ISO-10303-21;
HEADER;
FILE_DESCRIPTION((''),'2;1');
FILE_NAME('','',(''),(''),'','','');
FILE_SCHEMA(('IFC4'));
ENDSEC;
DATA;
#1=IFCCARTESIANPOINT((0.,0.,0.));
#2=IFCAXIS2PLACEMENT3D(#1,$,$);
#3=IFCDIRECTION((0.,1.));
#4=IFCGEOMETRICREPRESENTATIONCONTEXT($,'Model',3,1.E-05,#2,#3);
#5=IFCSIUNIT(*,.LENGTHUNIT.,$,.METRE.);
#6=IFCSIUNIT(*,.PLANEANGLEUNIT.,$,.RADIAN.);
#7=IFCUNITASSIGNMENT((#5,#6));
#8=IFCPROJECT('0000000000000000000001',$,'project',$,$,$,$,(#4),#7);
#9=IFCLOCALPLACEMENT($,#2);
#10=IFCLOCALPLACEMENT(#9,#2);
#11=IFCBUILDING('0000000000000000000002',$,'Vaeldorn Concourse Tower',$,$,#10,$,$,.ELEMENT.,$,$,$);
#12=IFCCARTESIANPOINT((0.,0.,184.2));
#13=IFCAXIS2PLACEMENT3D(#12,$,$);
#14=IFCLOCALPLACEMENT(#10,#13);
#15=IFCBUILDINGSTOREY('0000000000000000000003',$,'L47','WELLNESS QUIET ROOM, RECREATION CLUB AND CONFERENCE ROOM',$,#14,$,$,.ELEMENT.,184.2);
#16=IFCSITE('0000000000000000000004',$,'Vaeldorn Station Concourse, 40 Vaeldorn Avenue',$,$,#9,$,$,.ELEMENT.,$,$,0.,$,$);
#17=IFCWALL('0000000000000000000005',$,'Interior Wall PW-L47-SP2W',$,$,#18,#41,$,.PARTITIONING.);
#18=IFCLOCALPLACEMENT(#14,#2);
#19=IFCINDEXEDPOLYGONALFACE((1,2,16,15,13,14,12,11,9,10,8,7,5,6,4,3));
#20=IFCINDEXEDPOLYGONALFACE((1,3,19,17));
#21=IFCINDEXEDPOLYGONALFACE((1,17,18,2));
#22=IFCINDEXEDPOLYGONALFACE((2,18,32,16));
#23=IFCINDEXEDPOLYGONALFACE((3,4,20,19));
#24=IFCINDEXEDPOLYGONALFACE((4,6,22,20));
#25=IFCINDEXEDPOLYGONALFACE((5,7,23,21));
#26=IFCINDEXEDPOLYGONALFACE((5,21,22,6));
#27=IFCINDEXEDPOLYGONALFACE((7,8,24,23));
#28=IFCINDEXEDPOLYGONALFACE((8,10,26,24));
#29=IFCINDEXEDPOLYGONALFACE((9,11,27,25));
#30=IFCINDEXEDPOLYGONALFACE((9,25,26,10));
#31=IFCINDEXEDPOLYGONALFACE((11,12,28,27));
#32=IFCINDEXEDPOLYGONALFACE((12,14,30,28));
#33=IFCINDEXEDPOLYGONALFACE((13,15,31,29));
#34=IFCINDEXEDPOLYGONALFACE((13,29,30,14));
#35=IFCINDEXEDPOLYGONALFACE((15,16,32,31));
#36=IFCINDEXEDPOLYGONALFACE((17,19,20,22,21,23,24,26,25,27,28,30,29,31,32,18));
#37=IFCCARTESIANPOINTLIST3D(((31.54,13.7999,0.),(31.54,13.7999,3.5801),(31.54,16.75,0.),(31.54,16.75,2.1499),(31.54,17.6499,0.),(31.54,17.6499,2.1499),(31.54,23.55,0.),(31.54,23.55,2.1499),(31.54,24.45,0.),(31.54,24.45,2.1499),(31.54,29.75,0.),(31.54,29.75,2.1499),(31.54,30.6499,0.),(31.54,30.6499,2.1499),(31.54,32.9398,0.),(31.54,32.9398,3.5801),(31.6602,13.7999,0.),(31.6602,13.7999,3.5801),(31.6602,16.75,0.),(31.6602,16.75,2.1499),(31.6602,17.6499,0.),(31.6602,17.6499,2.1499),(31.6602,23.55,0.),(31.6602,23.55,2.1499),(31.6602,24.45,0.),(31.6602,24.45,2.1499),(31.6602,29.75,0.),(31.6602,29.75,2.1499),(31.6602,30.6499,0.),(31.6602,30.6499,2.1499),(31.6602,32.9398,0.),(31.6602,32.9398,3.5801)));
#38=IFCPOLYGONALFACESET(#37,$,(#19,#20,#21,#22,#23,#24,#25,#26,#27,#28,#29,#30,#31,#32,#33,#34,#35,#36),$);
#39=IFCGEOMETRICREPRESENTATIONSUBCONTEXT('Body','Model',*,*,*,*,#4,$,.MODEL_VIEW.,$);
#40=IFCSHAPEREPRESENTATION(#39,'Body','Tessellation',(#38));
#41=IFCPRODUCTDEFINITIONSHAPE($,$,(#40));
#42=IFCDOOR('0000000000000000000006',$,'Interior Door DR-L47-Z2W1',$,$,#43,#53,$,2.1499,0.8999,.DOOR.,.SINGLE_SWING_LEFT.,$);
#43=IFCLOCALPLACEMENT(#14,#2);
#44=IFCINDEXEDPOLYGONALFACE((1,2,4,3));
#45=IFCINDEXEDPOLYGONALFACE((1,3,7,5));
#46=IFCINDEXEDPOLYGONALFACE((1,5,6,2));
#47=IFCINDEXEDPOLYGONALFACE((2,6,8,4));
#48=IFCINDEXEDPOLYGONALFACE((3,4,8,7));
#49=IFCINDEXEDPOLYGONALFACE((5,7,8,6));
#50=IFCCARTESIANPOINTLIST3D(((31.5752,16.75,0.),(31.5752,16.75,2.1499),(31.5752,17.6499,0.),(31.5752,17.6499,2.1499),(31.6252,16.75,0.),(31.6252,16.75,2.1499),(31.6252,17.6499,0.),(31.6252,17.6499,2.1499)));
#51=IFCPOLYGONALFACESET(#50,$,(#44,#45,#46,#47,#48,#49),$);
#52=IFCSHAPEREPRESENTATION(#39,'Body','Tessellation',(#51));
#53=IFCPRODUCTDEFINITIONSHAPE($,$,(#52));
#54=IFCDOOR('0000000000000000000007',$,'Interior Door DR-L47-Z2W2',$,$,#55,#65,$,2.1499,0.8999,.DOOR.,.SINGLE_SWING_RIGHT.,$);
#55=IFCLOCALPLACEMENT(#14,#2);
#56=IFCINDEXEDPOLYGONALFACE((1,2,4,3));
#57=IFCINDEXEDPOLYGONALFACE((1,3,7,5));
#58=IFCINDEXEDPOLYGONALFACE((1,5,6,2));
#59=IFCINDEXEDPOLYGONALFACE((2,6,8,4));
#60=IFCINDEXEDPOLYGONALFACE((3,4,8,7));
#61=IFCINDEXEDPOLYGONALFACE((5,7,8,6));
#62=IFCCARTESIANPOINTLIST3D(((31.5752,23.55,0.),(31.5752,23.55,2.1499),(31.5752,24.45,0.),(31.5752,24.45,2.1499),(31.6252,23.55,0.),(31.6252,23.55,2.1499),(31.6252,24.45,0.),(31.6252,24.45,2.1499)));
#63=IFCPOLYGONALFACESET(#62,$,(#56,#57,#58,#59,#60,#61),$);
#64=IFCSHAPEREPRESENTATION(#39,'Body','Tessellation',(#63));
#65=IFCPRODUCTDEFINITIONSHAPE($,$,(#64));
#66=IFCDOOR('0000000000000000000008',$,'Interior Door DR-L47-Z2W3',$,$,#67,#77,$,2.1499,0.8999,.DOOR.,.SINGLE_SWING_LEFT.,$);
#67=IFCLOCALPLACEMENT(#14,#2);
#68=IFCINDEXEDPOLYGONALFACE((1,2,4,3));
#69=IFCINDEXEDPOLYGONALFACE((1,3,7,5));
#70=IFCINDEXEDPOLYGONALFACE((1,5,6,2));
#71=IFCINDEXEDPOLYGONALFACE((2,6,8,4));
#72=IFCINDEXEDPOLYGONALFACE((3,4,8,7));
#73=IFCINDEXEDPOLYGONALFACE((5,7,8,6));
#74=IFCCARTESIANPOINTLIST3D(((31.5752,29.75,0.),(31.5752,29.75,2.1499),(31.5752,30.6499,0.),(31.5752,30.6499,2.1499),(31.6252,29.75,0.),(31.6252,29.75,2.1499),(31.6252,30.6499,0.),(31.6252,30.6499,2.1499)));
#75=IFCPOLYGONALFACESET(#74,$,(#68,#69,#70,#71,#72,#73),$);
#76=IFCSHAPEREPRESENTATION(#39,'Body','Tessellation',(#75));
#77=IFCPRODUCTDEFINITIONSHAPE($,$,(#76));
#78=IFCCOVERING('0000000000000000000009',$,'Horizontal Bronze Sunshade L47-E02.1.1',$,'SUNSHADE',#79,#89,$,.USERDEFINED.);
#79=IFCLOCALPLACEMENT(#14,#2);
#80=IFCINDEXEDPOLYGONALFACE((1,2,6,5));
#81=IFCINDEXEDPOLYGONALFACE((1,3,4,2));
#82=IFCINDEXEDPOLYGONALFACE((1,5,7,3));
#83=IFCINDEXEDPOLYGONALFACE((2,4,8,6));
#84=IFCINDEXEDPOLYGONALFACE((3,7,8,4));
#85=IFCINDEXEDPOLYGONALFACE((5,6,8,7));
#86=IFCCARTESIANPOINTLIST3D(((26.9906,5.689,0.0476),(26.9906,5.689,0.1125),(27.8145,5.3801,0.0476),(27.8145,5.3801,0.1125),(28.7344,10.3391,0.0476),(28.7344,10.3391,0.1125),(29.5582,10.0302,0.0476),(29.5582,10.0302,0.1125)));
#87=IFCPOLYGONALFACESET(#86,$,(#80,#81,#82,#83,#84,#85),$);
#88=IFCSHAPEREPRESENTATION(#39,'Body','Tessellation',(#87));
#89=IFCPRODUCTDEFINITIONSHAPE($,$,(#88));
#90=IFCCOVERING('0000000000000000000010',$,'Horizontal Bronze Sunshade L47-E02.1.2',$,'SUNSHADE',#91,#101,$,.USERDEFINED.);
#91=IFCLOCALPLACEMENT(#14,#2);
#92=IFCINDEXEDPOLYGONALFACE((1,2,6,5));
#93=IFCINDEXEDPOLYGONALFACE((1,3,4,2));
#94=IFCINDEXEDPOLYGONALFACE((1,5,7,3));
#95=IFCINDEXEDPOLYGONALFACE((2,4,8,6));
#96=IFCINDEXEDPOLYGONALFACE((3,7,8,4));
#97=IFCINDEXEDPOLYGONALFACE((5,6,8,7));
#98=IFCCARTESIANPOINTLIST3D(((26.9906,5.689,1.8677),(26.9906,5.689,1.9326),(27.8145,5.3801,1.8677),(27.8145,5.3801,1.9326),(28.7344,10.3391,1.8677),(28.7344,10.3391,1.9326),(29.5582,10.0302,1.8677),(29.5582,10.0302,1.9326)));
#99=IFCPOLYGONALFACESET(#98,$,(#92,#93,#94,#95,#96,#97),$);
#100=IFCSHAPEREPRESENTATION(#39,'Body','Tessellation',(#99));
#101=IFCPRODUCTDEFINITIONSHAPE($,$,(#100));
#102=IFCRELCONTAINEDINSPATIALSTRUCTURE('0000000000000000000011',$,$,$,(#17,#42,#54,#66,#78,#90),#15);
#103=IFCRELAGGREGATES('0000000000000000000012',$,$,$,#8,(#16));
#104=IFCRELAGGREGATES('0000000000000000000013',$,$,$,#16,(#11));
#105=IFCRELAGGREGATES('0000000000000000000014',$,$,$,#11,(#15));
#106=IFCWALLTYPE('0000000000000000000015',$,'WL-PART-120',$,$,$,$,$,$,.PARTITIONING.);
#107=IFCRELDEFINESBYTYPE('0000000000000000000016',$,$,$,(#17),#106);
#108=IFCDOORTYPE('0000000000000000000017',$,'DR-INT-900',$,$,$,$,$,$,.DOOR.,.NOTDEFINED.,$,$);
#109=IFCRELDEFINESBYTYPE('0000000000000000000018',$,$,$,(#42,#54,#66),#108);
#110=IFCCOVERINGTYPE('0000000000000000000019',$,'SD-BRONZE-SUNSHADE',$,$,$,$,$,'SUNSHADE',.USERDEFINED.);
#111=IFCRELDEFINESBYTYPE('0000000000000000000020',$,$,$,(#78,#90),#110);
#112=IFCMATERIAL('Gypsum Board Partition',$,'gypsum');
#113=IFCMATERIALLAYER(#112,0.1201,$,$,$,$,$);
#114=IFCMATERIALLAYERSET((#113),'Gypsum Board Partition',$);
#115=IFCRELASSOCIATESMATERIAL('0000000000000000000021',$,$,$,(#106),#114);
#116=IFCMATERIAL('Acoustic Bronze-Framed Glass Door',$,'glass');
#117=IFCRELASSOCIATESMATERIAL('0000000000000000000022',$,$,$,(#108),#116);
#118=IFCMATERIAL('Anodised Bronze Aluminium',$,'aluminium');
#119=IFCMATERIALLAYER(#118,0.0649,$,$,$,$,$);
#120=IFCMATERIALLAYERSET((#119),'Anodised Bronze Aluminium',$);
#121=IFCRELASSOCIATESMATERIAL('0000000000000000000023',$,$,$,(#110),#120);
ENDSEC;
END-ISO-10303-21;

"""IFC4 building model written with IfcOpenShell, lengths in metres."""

from ifc_helpers import new_model, si_unit, direction, frame, frame_2d, origin, origin_2d, place, context, subcontext, project, spatial, rectangle, extrude, source, transform, mapped, material, layer, layer_set, type_object, element, fill, save


model = new_model("IFC4")

# Units and contexts
model_context = context("Model", 3, precision=1e-05, world=origin(), true_north=direction((0.0, 1.0)))
body_context = subcontext(model_context, "Body", "Model", "MODEL_VIEW")
ifc_project = project(units=[si_unit("LENGTHUNIT", "METRE"), si_unit("PLANEANGLEUNIT", "RADIAN")], contexts=[model_context])

# Site, building, storey
site_placement = place(None, origin())
site = spatial("IfcSite", under=ifc_project, at=site_placement, Name="Vaeldorn Station Concourse, 40 Vaeldorn Avenue", CompositionType="ELEMENT", RefElevation=0.0)
building_placement = place(site_placement, origin())
building = spatial("IfcBuilding", under=site, at=building_placement, Name="Vaeldorn Concourse Tower", CompositionType="ELEMENT")
storey_placement = place(building_placement, frame((0.0, 0.0, 184.2)))
storey = spatial("IfcBuildingStorey", under=building, at=storey_placement, Name="L47", Description="WELLNESS QUIET ROOM, RECREATION CLUB AND CONFERENCE ROOM", CompositionType="ELEMENT", Elevation=184.2)

# Shared definitions
ifc_material_1 = material(Name="Anodised Bronze Aluminium", Category="aluminium")

# Wall, openings, doors
ifc_material_2 = material(Name="Gypsum Board Partition", Category="gypsum")
ifc_layer_1 = layer(ifc_material_2, 0.1201)
ifc_layer_set_1 = layer_set([ifc_layer_1], Name="Gypsum Board Partition")
wall_type = type_object("IfcWallType", Name="WL-PART-120", PredefinedType="PARTITIONING", material=ifc_layer_set_1)
wall_placement = place(storey_placement, frame((31.6001, 13.8, 0.0), z_axis=(0.0, 0.0, 1.0), x_axis=(0.0, 1.0, 0.0)))
wall = element("IfcWall", 1, at=wall_placement, inside=storey, type_object=wall_type, Name="Interior Wall PW-L47-SP2W", PredefinedType="PARTITIONING", context=body_context, shape_type="SweptSolid", body=[
    extrude(rectangle(XDim=19.1399, YDim=0.1201, at=frame_2d((9.5698, 0.0))), origin(), (0.0, 0.0, 1.0), 3.5801),
])
opening_1_placement = place(wall_placement, frame((2.95, 0.0, 0.0)))
opening_1 = element("IfcOpeningElement", 2, at=opening_1_placement, cuts=wall, PredefinedType="OPENING", context=body_context, shape_type="SweptSolid", body=[
    extrude(rectangle(XDim=0.8999, YDim=2.1499, at=frame_2d((0.45, 1.075))), frame((0.0, 0.0701, 0.0), z_axis=(0.0, -1.0, 0.0), x_axis=(1.0, 0.0, 0.0)), (0.0, 0.0, 1.0), 0.1401),
])
opening_2_placement = place(wall_placement, frame((9.75, 0.0, 0.0)))
opening_2 = element("IfcOpeningElement", 3, at=opening_2_placement, cuts=wall, PredefinedType="OPENING", context=body_context, shape_type="SweptSolid", body=[
    extrude(rectangle(XDim=0.8999, YDim=2.1499, at=frame_2d((0.45, 1.075))), frame((0.0, 0.0701, 0.0), z_axis=(0.0, -1.0, 0.0), x_axis=(1.0, 0.0, 0.0)), (0.0, 0.0, 1.0), 0.1401),
])
opening_3_placement = place(wall_placement, frame((15.95, 0.0, 0.0)))
opening_3 = element("IfcOpeningElement", 4, at=opening_3_placement, cuts=wall, PredefinedType="OPENING", context=body_context, shape_type="SweptSolid", body=[
    extrude(rectangle(XDim=0.8999, YDim=2.1499, at=frame_2d((0.45, 1.075))), frame((0.0, 0.0701, 0.0), z_axis=(0.0, -1.0, 0.0), x_axis=(1.0, 0.0, 0.0)), (0.0, 0.0, 1.0), 0.1401),
])
ifc_material_3 = material(Name="Acoustic Bronze-Framed Glass Door", Category="glass")
door_type = type_object("IfcDoorType", Name="DR-INT-900", OperationType="NOTDEFINED", PredefinedType="DOOR", material=ifc_material_3)
shared_shape_1 = source(origin(), body_context, "Body", "SweptSolid", [
    extrude(rectangle(XDim=0.8999, YDim=2.1499, at=frame_2d((0.45, 1.075))), frame((0.0, 0.0249, 0.0), z_axis=(0.0, -1.0, 0.0), x_axis=(1.0, 0.0, 0.0)), (0.0, 0.0, 1.0), 0.05),
])
door_1_placement = place(opening_1_placement, origin())
door_1 = element("IfcDoor", 5, at=door_1_placement, inside=storey, type_object=door_type, Name="Interior Door DR-L47-Z2W1", OperationType="SINGLE_SWING_LEFT", OverallHeight=2.1499, OverallWidth=0.8999, PredefinedType="DOOR", context=body_context, shape_type="MappedRepresentation", body=[
    mapped(shared_shape_1, transform((0.0, 0.0, 0.0), scale=1.0)),
])
fill(opening_1, door_1)
door_2_placement = place(opening_2_placement, origin())
door_2 = element("IfcDoor", 6, at=door_2_placement, inside=storey, type_object=door_type, Name="Interior Door DR-L47-Z2W2", OperationType="SINGLE_SWING_RIGHT", OverallHeight=2.1499, OverallWidth=0.8999, PredefinedType="DOOR", context=body_context, shape_type="MappedRepresentation", body=[
    mapped(shared_shape_1, transform((0.0, 0.0, 0.0), scale=1.0)),
])
fill(opening_2, door_2)
door_3_placement = place(opening_3_placement, origin())
door_3 = element("IfcDoor", 7, at=door_3_placement, inside=storey, type_object=door_type, Name="Interior Door DR-L47-Z2W3", OperationType="SINGLE_SWING_LEFT", OverallHeight=2.1499, OverallWidth=0.8999, PredefinedType="DOOR", context=body_context, shape_type="MappedRepresentation", body=[
    mapped(shared_shape_1, transform((0.0, 0.0, 0.0), scale=1.0)),
])
fill(opening_3, door_3)

# Coverings
ifc_layer_2 = layer(ifc_material_1, 0.0649)
ifc_layer_set_2 = layer_set([ifc_layer_2], Name="Anodised Bronze Aluminium")
covering_type = type_object("IfcCoveringType", Name="SD-BRONZE-SUNSHADE", ElementType="SUNSHADE", PredefinedType="USERDEFINED", material=ifc_layer_set_2)
shared_shape_2 = source(origin(), body_context, "Body", "SweptSolid", [
    extrude(rectangle(XDim=4.9663, YDim=0.8799, at=origin_2d()), origin(), (0.0, 0.0, 1.0), 0.0649),
])
for number, where, z_axis, x_axis, name in (
    (8, (28.2744, 7.8596, 0.0476), (0.0, 0.0, 1.0), (0.351123, 0.936329, 0.0), "Horizontal Bronze Sunshade L47-E02.1.1"),
    (9, (28.2744, 7.8596, 1.8677), (0.0, 0.0, 1.0), (0.351123, 0.936329, 0.0), "Horizontal Bronze Sunshade L47-E02.1.2"),
):
    element("IfcCovering", number, at=place(storey_placement, frame(where, z_axis=z_axis, x_axis=x_axis)), inside=storey, type_object=covering_type, Name=name, ObjectType="SUNSHADE", PredefinedType="USERDEFINED", context=body_context, shape_type="MappedRepresentation", body=[
        mapped(shared_shape_2, transform((0.0, 0.0, 0.0), scale=1.0)),
    ])

save(model, "model.ifc")
